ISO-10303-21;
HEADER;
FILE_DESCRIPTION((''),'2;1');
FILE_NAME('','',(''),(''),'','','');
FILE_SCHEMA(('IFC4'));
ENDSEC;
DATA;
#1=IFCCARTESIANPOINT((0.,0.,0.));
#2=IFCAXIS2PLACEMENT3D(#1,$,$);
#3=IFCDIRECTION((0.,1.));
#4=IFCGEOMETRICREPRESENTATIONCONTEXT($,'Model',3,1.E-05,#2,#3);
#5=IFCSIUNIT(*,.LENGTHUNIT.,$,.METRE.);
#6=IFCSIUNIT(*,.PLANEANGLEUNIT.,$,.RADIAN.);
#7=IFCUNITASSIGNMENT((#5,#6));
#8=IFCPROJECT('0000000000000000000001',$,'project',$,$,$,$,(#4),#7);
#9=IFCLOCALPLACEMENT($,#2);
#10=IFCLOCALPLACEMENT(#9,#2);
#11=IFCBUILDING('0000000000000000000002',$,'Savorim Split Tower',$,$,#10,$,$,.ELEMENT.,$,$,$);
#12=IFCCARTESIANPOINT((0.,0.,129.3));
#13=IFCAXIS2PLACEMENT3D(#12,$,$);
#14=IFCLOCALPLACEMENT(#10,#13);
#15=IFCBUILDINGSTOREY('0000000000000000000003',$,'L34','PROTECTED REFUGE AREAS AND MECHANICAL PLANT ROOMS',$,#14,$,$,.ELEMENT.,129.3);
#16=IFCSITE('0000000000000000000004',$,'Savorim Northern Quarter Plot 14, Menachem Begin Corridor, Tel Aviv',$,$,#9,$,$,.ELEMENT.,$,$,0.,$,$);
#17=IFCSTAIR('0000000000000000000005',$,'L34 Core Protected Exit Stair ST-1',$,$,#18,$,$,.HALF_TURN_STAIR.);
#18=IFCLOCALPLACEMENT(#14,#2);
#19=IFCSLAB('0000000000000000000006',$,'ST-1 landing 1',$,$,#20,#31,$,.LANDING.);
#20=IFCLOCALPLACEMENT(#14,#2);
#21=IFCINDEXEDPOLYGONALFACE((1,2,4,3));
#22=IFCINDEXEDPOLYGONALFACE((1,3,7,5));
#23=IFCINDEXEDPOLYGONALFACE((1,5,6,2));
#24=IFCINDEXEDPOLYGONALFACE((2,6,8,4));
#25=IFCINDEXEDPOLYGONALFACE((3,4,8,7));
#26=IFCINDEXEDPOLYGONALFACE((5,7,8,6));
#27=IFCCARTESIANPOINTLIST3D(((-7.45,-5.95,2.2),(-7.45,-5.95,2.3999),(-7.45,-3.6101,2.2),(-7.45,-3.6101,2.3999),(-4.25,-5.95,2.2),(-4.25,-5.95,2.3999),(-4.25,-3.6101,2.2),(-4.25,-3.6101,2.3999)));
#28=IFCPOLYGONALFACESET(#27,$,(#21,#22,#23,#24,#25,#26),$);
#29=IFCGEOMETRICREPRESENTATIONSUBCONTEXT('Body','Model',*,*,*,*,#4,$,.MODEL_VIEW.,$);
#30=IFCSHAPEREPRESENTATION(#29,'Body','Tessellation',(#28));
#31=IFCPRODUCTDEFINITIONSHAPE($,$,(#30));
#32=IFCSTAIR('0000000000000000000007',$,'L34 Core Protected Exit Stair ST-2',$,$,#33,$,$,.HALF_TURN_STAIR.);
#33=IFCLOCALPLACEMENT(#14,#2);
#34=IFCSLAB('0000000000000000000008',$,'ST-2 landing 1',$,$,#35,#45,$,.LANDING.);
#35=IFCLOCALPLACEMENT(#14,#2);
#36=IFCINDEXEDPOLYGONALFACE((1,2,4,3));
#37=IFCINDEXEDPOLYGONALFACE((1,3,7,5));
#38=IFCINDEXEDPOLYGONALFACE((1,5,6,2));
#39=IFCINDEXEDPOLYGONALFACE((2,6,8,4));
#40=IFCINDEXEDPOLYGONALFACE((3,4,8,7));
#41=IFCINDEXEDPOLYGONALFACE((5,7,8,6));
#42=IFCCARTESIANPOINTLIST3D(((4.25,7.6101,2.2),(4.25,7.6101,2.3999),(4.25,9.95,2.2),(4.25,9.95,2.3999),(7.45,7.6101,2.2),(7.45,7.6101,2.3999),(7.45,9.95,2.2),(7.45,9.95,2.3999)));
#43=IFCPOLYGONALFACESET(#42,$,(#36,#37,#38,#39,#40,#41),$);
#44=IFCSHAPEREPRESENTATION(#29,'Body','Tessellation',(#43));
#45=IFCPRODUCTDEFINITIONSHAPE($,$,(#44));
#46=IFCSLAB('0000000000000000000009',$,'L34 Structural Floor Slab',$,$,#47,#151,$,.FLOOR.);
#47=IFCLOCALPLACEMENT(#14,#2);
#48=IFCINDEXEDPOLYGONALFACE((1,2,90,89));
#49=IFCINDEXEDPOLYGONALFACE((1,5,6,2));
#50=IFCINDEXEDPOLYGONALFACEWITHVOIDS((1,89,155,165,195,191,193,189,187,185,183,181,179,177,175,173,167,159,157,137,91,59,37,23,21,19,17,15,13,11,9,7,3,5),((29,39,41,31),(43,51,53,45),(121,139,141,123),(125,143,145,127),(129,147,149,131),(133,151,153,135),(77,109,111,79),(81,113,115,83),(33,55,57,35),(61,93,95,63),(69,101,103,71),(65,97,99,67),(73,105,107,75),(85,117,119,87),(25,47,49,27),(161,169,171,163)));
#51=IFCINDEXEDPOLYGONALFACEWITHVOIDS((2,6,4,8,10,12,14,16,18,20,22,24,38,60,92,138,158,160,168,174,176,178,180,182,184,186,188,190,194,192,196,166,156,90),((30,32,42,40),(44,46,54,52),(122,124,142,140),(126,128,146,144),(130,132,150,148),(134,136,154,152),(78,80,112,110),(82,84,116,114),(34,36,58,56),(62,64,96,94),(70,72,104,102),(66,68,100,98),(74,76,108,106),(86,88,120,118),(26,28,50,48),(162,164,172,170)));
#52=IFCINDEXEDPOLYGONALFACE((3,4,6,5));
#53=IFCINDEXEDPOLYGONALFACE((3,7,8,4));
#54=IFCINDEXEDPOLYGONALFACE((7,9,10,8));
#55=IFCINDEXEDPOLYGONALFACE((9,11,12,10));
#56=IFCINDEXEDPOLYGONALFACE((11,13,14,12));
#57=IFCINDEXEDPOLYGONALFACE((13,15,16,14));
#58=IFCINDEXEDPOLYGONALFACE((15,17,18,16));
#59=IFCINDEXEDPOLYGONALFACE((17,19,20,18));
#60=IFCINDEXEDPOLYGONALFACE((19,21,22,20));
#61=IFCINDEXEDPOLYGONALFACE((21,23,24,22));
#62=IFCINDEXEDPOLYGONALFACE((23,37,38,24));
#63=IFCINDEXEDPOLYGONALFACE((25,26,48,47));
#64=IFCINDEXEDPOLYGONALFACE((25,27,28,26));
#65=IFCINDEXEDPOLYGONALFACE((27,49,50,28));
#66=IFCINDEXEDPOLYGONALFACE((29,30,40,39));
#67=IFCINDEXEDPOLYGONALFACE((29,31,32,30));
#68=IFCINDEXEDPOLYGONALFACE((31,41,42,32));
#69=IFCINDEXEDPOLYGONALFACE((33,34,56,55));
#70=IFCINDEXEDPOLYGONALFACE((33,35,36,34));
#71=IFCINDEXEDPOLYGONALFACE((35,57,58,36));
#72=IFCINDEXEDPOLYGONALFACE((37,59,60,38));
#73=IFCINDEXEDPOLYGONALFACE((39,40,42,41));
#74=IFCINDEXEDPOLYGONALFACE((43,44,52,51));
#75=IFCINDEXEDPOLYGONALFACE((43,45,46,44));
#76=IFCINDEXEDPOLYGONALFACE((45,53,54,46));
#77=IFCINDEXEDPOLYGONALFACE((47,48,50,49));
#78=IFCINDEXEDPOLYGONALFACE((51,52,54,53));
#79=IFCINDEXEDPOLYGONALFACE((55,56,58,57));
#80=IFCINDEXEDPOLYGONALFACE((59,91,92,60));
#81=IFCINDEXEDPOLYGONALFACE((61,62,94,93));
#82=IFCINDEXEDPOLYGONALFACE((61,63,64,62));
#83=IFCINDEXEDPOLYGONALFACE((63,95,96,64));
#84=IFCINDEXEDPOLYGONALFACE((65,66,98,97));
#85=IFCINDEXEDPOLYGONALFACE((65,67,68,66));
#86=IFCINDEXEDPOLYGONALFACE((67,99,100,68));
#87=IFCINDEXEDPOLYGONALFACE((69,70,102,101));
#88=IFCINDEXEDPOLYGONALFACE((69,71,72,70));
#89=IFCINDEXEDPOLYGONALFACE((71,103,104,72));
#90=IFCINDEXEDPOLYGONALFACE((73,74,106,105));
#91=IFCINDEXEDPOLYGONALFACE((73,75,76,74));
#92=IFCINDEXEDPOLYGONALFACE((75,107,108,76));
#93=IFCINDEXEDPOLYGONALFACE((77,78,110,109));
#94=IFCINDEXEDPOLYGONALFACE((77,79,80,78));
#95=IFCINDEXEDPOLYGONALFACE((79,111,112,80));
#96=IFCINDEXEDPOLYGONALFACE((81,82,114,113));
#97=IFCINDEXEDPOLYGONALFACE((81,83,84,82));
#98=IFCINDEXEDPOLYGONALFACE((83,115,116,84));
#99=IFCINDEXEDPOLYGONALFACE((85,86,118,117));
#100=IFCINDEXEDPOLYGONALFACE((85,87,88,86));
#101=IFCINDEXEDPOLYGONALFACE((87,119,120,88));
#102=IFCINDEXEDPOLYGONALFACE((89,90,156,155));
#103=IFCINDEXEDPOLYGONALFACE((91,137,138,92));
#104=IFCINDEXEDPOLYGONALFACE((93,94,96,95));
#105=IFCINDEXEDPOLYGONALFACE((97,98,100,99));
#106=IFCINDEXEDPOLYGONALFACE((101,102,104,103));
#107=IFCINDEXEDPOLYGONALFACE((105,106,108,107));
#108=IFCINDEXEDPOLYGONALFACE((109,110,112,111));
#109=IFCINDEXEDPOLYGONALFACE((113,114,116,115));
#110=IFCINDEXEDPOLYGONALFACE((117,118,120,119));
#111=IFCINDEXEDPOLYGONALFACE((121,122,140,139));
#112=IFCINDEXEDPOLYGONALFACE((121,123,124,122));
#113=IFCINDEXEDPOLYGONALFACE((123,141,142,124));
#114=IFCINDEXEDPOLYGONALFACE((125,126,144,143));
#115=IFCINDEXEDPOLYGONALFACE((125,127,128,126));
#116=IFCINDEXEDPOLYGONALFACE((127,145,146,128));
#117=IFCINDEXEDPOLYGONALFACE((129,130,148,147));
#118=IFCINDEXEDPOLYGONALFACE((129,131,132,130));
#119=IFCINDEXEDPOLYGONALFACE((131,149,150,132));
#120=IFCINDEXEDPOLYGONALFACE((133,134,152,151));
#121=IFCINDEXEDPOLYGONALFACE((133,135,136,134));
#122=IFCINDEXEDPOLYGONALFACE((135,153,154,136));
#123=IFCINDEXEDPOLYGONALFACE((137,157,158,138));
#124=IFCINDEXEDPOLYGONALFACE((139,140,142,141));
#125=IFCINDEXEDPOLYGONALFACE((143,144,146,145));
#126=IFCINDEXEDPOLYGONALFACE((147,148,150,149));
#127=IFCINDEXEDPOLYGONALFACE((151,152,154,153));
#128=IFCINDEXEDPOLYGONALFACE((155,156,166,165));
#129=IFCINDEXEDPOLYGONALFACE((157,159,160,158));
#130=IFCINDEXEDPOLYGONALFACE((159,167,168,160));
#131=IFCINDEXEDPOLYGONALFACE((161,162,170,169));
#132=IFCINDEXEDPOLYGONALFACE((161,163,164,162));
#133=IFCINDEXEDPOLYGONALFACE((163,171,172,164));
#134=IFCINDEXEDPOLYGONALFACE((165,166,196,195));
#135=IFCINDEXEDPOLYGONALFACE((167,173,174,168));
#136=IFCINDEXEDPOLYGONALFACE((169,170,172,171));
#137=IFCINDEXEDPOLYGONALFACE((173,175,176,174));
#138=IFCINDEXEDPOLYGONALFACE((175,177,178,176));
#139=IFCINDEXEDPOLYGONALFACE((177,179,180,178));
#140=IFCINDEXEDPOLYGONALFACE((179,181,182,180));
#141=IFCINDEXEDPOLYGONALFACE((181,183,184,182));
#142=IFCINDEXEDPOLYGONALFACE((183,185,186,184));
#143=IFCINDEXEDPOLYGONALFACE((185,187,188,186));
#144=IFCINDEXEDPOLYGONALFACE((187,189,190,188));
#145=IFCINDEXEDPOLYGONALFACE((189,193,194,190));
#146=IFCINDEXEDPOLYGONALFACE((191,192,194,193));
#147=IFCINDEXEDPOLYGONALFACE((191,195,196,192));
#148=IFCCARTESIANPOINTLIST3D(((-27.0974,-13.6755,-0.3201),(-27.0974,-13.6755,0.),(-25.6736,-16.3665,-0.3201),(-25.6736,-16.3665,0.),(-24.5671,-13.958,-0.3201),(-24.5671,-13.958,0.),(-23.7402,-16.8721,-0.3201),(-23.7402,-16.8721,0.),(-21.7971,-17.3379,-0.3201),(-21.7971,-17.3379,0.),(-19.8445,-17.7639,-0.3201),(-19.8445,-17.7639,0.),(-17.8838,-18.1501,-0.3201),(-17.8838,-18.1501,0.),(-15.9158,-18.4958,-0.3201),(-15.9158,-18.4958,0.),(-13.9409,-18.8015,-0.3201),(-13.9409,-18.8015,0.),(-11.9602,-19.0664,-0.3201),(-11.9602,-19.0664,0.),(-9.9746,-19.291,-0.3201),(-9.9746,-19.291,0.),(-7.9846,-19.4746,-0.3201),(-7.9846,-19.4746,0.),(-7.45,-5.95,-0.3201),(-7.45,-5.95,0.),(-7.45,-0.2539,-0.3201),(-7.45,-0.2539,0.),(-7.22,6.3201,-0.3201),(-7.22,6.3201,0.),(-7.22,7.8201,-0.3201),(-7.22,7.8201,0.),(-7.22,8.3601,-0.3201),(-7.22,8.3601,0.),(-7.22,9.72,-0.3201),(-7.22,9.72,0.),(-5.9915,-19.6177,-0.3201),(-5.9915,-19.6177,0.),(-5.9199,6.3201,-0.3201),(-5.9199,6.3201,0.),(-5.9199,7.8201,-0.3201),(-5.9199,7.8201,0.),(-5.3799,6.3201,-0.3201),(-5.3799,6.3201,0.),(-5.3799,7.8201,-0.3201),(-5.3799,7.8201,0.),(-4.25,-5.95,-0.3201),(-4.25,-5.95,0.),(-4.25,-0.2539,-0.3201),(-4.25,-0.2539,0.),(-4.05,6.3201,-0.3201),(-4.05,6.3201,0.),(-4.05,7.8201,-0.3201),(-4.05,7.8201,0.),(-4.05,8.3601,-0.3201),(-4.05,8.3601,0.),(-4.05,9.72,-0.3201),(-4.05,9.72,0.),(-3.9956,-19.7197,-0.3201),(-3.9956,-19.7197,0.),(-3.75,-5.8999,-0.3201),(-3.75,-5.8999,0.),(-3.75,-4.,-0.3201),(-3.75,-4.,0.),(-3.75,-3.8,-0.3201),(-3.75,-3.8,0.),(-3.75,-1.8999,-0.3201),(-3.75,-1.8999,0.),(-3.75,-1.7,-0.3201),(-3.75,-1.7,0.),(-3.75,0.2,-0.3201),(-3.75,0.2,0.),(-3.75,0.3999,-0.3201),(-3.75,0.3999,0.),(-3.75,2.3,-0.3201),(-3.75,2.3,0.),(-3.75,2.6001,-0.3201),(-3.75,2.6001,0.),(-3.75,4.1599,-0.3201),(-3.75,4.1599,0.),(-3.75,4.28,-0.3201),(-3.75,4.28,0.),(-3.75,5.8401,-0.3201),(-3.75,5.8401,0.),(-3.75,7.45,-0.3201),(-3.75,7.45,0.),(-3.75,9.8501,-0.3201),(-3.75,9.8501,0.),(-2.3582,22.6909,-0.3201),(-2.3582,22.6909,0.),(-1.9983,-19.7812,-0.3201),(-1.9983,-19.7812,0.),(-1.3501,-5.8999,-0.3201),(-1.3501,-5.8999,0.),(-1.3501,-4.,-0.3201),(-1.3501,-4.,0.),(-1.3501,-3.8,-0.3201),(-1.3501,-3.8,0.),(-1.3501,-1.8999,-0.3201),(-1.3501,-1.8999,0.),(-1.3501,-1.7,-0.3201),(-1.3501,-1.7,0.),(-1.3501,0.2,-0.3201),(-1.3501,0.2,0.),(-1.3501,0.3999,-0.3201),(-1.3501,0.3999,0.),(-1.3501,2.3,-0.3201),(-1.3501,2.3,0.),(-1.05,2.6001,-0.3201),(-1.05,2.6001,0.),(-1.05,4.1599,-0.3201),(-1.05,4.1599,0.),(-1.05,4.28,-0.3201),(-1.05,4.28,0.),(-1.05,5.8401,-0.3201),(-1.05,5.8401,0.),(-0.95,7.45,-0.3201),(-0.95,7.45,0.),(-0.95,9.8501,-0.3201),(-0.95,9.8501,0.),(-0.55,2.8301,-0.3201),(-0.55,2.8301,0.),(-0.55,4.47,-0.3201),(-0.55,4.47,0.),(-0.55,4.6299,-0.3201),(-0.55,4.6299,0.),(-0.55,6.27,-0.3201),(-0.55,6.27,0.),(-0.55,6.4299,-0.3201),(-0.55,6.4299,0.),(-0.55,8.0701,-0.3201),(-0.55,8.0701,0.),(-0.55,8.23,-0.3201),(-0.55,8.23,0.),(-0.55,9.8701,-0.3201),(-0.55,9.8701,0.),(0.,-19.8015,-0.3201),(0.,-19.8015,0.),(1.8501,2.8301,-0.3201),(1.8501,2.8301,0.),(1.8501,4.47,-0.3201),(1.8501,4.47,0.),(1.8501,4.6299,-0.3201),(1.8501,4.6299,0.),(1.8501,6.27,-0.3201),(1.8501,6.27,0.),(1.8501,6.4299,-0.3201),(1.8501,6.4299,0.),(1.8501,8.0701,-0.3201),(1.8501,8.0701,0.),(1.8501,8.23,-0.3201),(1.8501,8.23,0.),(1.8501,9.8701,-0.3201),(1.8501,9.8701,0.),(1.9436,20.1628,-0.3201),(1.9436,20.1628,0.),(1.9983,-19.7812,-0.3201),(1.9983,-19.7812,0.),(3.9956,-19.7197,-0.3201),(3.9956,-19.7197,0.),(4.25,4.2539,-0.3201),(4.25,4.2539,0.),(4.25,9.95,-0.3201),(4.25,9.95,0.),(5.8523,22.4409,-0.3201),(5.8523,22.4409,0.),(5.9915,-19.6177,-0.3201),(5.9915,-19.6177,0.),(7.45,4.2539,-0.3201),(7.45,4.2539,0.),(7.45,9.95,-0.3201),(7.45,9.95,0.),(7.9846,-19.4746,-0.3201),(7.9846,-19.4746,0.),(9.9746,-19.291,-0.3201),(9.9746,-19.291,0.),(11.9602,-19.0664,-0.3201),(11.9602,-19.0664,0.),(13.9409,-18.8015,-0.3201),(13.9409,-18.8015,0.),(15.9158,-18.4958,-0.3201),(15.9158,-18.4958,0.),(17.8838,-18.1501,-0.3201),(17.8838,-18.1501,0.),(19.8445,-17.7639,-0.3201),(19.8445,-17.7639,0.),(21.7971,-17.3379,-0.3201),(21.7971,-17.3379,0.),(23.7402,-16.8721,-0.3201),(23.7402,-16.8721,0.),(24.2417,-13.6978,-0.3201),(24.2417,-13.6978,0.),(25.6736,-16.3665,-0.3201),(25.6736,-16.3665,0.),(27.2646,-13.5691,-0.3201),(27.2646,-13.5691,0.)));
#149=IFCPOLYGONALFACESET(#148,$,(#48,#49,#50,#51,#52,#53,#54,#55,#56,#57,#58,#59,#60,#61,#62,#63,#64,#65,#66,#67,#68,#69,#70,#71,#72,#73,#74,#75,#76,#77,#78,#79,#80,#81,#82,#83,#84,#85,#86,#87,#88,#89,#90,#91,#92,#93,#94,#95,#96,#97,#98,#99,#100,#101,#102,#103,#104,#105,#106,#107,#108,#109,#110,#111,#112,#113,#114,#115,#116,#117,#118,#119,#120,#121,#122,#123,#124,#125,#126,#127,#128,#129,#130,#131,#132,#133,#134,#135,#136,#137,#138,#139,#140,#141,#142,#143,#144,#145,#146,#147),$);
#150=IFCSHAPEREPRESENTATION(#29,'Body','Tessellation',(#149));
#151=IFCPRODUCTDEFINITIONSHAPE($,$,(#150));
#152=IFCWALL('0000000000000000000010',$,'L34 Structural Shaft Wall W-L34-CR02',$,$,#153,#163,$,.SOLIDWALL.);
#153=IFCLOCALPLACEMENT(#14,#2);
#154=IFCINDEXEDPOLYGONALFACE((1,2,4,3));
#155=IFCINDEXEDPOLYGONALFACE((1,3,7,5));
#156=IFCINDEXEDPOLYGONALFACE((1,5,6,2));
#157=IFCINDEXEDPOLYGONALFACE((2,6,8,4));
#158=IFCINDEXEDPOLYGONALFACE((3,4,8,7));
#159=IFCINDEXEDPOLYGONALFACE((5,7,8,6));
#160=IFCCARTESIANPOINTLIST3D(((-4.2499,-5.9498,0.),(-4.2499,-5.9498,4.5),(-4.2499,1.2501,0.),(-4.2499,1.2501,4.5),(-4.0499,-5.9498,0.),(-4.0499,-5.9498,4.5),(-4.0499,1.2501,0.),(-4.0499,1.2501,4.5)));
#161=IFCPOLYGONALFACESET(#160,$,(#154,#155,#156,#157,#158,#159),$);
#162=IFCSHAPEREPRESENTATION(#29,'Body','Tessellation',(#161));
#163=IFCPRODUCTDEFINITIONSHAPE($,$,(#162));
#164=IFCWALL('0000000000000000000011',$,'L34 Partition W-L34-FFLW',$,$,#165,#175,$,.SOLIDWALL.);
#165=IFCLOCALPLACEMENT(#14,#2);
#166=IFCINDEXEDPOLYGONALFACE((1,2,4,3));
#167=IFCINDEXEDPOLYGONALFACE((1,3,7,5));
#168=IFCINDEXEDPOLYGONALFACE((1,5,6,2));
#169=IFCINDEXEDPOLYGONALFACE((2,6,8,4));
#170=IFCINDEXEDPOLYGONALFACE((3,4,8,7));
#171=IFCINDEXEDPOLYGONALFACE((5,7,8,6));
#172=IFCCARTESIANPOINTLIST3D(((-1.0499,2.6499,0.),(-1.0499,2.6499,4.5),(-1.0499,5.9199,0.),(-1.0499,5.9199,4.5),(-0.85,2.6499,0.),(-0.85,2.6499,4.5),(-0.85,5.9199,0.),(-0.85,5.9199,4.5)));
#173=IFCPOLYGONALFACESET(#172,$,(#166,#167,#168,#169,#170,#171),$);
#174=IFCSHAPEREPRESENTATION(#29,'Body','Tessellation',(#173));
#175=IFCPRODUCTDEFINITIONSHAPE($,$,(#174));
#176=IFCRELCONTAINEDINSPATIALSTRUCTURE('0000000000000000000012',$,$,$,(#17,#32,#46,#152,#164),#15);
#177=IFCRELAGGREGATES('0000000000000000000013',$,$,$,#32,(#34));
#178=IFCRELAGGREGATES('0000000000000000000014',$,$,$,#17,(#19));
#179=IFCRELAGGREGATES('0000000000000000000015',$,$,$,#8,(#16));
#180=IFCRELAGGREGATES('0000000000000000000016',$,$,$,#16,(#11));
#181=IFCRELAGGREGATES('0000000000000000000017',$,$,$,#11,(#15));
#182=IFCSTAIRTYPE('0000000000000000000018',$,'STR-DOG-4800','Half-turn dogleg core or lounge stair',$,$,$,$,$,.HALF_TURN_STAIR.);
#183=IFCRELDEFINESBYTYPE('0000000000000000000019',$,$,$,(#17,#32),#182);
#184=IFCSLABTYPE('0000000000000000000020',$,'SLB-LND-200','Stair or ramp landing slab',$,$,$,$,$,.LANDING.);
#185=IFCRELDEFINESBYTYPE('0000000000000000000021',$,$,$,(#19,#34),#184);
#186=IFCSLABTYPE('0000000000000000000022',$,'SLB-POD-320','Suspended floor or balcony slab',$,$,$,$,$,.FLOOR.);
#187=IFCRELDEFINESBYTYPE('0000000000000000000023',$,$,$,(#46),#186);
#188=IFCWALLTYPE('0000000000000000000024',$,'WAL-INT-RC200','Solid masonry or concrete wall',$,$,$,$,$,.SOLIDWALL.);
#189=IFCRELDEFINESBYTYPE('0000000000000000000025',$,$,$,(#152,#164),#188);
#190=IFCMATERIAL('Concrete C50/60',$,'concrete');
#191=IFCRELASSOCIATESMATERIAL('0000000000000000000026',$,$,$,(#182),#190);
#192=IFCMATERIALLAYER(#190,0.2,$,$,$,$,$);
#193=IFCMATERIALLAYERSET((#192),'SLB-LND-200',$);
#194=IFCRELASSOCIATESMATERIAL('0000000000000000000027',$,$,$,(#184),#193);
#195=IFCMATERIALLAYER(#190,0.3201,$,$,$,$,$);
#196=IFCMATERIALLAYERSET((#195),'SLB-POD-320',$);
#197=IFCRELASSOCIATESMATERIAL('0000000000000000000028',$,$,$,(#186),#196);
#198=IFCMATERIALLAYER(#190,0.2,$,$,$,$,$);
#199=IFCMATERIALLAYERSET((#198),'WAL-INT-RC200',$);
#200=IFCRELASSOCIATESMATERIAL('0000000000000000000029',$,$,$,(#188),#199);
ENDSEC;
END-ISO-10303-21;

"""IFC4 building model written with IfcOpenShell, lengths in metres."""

from ifc_helpers import new_model, si_unit, direction, frame, frame_2d, origin, place, context, subcontext, project, spatial, polyline, rectangle, outline, extrude, material, layer, layer_set, type_object, element, aggregate, save


model = new_model("IFC4")

# Units and contexts
model_context = context("Model", 3, precision=1e-05, world=origin(), true_north=direction((0.0, 1.0)))
body_context = subcontext(model_context, "Body", "Model", "MODEL_VIEW")
ifc_project = project(units=[si_unit("LENGTHUNIT", "METRE"), si_unit("PLANEANGLEUNIT", "RADIAN")], contexts=[model_context])

# Site, building, storey
site_placement = place(None, origin())
site = spatial("IfcSite", under=ifc_project, at=site_placement, Name="Savorim Northern Quarter Plot 14, Menachem Begin Corridor, Tel Aviv", CompositionType="ELEMENT", RefElevation=0.0)
building_placement = place(site_placement, origin())
building = spatial("IfcBuilding", under=site, at=building_placement, Name="Savorim Split Tower", CompositionType="ELEMENT")
storey_placement = place(building_placement, frame((0.0, 0.0, 129.3)))
storey = spatial("IfcBuildingStorey", under=building, at=storey_placement, Name="L34", Description="PROTECTED REFUGE AREAS AND MECHANICAL PLANT ROOMS", CompositionType="ELEMENT", Elevation=129.3)

# Stairs, slabs
ifc_material_1 = material(Name="Concrete C50/60", Category="concrete")
stair_type = type_object("IfcStairType", Name="STR-DOG-4800", Description="Half-turn dogleg core or lounge stair", PredefinedType="HALF_TURN_STAIR", material=ifc_material_1)
stair_1_placement = place(storey_placement, origin())
stair_1 = element("IfcStair", 1, at=stair_1_placement, inside=storey, type_object=stair_type, Name="L34 Core Protected Exit Stair ST-1", PredefinedType="HALF_TURN_STAIR")
ifc_layer_1 = layer(ifc_material_1, 0.2)
ifc_layer_set_1 = layer_set([ifc_layer_1], Name="SLB-LND-200")
slab_type_1 = type_object("IfcSlabType", Name="SLB-LND-200", Description="Stair or ramp landing slab", PredefinedType="LANDING", material=ifc_layer_set_1)
slab_1_placement = place(storey_placement, frame((0.0, 0.0, 2.2)))
slab_1 = element("IfcSlab", 2, at=slab_1_placement, type_object=slab_type_1, Name="ST-1 landing 1", PredefinedType="LANDING", context=body_context, shape_type="SweptSolid", body=[
    extrude(outline(polyline([(-7.45, -3.6101), (-7.45, -5.95), (-4.25, -5.95), (-4.25, -3.6101), (-7.45, -3.6101)])), origin(), (0.0, 0.0, 1.0), 0.2),
])
stair_2_placement = place(storey_placement, origin())
stair_2 = element("IfcStair", 3, at=stair_2_placement, inside=storey, type_object=stair_type, Name="L34 Core Protected Exit Stair ST-2", PredefinedType="HALF_TURN_STAIR")
slab_2_placement = place(storey_placement, frame((0.0, 0.0, 2.2)))
slab_2 = element("IfcSlab", 4, at=slab_2_placement, type_object=slab_type_1, Name="ST-2 landing 1", PredefinedType="LANDING", context=body_context, shape_type="SweptSolid", body=[
    extrude(outline(polyline([(7.45, 7.6101), (7.45, 9.95), (4.25, 9.95), (4.25, 7.6101), (7.45, 7.6101)])), origin(), (0.0, 0.0, 1.0), 0.2),
])
aggregate(stair_2, [slab_2])

# Slab
ifc_layer_2 = layer(ifc_material_1, 0.3201)
ifc_layer_set_2 = layer_set([ifc_layer_2], Name="SLB-POD-320")
slab_type_2 = type_object("IfcSlabType", Name="SLB-POD-320", Description="Suspended floor or balcony slab", PredefinedType="FLOOR", material=ifc_layer_set_2)
slab_3_placement = place(storey_placement, frame((0.0, 0.0, -0.3201)))
element("IfcSlab", 5, at=slab_3_placement, inside=storey, type_object=slab_type_2, Name="L34 Structural Floor Slab", PredefinedType="FLOOR", context=body_context, shape_type="SweptSolid", body=[
    extrude(outline(polyline([(-25.6736, -16.3665), (-23.7402, -16.8721), (-21.7971, -17.3379), (-19.8445, -17.7639), (-17.8838, -18.1501), (-15.9158, -18.4958), (-13.9409, -18.8015), (-11.9602, -19.0664), (-9.9746, -19.291), (-7.9846, -19.4746), (-5.9915, -19.6177), (-3.9956, -19.7197), (-1.9983, -19.7812), (0.0, -19.8015), (1.9983, -19.7812), (3.9956, -19.7197), (5.9915, -19.6177), (7.9846, -19.4746), (9.9746, -19.291), (11.9602, -19.0664), (13.9409, -18.8015), (15.9158, -18.4958), (17.8838, -18.1501), (19.8445, -17.7639), (21.7971, -17.3379), (23.7402, -16.8721), (25.6736, -16.3665), (24.2417, -13.6978), (27.2646, -13.5691), (5.8523, 22.4409), (1.9436, 20.1628), (-2.3582, 22.6909), (-27.0974, -13.6755), (-24.5671, -13.958), (-25.6736, -16.3665)]), holes=[polyline([(-7.45, -0.2539), (-7.45, -5.95), (-4.25, -5.95), (-4.25, -0.2539), (-7.45, -0.2539)]), polyline([(7.45, 4.2539), (7.45, 9.95), (4.25, 9.95), (4.25, 4.2539), (7.45, 4.2539)]), polyline([(-3.75, -5.8999), (-1.3501, -5.8999), (-1.3501, -4.0), (-3.75, -4.0), (-3.75, -5.8999)]), polyline([(-3.75, -3.8), (-1.3501, -3.8), (-1.3501, -1.8999), (-3.75, -1.8999), (-3.75, -3.8)]), polyline([(-3.75, -1.7), (-1.3501, -1.7), (-1.3501, 0.2), (-3.75, 0.2), (-3.75, -1.7)]), polyline([(-3.75, 0.3999), (-1.3501, 0.3999), (-1.3501, 2.3), (-3.75, 2.3), (-3.75, 0.3999)]), polyline([(-0.55, 2.8301), (1.8501, 2.8301), (1.8501, 4.47), (-0.55, 4.47), (-0.55, 2.8301)]), polyline([(-0.55, 4.6299), (1.8501, 4.6299), (1.8501, 6.27), (-0.55, 6.27), (-0.55, 4.6299)]), polyline([(-0.55, 6.4299), (1.8501, 6.4299), (1.8501, 8.0701), (-0.55, 8.0701), (-0.55, 6.4299)]), polyline([(-0.55, 8.23), (1.8501, 8.23), (1.8501, 9.8701), (-0.55, 9.8701), (-0.55, 8.23)]), polyline([(-3.75, 2.6001), (-1.05, 2.6001), (-1.05, 4.1599), (-3.75, 4.1599), (-3.75, 2.6001)]), polyline([(-3.75, 4.28), (-1.05, 4.28), (-1.05, 5.8401), (-3.75, 5.8401), (-3.75, 4.28)]), polyline([(-3.75, 7.45), (-0.95, 7.45), (-0.95, 9.8501), (-3.75, 9.8501), (-3.75, 7.45)]), polyline([(-7.22, 6.3201), (-5.9199, 6.3201), (-5.9199, 7.8201), (-7.22, 7.8201), (-7.22, 6.3201)]), polyline([(-5.3799, 6.3201), (-4.05, 6.3201), (-4.05, 7.8201), (-5.3799, 7.8201), (-5.3799, 6.3201)]), polyline([(-7.22, 8.3601), (-4.05, 8.3601), (-4.05, 9.72), (-7.22, 9.72), (-7.22, 8.3601)])]), origin(), (0.0, 0.0, 1.0), 0.3201),
])

# Wall
ifc_layer_3 = layer(ifc_material_1, 0.2)
ifc_layer_set_3 = layer_set([ifc_layer_3], Name="WAL-INT-RC200")
wall_type_1 = type_object("IfcWallType", Name="WAL-INT-RC200", Description="Solid masonry or concrete wall", PredefinedType="SOLIDWALL", material=ifc_layer_set_3)
wall_1_placement = place(storey_placement, frame((-4.1499, -5.95, 0.0), z_axis=(0.0, 0.0, 1.0), x_axis=(0.0, 1.0, 0.0)))
element("IfcWall", 6, at=wall_1_placement, inside=storey, type_object=wall_type_1, Name="L34 Structural Shaft Wall W-L34-CR02", PredefinedType="SOLIDWALL", context=body_context, shape_type="SweptSolid", body=[
    extrude(rectangle(XDim=7.2, YDim=0.2, at=frame_2d((3.6001, 0.0))), origin(), (0.0, 0.0, 1.0), 4.5),
])

# Wall
wall_2_placement = place(storey_placement, frame((-0.95, 2.6499, 0.0), z_axis=(0.0, 0.0, 1.0), x_axis=(0.0, 1.0, 0.0)))
element("IfcWall", 7, at=wall_2_placement, inside=storey, type_object=wall_type_1, Name="L34 Partition W-L34-FFLW", PredefinedType="SOLIDWALL", context=body_context, shape_type="SweptSolid", body=[
    extrude(rectangle(XDim=3.27, YDim=0.2, at=frame_2d((1.635, 0.0))), origin(), (0.0, 0.0, 1.0), 4.5),
])

aggregate(stair_1, [slab_1])

save(model, "model.ifc")
